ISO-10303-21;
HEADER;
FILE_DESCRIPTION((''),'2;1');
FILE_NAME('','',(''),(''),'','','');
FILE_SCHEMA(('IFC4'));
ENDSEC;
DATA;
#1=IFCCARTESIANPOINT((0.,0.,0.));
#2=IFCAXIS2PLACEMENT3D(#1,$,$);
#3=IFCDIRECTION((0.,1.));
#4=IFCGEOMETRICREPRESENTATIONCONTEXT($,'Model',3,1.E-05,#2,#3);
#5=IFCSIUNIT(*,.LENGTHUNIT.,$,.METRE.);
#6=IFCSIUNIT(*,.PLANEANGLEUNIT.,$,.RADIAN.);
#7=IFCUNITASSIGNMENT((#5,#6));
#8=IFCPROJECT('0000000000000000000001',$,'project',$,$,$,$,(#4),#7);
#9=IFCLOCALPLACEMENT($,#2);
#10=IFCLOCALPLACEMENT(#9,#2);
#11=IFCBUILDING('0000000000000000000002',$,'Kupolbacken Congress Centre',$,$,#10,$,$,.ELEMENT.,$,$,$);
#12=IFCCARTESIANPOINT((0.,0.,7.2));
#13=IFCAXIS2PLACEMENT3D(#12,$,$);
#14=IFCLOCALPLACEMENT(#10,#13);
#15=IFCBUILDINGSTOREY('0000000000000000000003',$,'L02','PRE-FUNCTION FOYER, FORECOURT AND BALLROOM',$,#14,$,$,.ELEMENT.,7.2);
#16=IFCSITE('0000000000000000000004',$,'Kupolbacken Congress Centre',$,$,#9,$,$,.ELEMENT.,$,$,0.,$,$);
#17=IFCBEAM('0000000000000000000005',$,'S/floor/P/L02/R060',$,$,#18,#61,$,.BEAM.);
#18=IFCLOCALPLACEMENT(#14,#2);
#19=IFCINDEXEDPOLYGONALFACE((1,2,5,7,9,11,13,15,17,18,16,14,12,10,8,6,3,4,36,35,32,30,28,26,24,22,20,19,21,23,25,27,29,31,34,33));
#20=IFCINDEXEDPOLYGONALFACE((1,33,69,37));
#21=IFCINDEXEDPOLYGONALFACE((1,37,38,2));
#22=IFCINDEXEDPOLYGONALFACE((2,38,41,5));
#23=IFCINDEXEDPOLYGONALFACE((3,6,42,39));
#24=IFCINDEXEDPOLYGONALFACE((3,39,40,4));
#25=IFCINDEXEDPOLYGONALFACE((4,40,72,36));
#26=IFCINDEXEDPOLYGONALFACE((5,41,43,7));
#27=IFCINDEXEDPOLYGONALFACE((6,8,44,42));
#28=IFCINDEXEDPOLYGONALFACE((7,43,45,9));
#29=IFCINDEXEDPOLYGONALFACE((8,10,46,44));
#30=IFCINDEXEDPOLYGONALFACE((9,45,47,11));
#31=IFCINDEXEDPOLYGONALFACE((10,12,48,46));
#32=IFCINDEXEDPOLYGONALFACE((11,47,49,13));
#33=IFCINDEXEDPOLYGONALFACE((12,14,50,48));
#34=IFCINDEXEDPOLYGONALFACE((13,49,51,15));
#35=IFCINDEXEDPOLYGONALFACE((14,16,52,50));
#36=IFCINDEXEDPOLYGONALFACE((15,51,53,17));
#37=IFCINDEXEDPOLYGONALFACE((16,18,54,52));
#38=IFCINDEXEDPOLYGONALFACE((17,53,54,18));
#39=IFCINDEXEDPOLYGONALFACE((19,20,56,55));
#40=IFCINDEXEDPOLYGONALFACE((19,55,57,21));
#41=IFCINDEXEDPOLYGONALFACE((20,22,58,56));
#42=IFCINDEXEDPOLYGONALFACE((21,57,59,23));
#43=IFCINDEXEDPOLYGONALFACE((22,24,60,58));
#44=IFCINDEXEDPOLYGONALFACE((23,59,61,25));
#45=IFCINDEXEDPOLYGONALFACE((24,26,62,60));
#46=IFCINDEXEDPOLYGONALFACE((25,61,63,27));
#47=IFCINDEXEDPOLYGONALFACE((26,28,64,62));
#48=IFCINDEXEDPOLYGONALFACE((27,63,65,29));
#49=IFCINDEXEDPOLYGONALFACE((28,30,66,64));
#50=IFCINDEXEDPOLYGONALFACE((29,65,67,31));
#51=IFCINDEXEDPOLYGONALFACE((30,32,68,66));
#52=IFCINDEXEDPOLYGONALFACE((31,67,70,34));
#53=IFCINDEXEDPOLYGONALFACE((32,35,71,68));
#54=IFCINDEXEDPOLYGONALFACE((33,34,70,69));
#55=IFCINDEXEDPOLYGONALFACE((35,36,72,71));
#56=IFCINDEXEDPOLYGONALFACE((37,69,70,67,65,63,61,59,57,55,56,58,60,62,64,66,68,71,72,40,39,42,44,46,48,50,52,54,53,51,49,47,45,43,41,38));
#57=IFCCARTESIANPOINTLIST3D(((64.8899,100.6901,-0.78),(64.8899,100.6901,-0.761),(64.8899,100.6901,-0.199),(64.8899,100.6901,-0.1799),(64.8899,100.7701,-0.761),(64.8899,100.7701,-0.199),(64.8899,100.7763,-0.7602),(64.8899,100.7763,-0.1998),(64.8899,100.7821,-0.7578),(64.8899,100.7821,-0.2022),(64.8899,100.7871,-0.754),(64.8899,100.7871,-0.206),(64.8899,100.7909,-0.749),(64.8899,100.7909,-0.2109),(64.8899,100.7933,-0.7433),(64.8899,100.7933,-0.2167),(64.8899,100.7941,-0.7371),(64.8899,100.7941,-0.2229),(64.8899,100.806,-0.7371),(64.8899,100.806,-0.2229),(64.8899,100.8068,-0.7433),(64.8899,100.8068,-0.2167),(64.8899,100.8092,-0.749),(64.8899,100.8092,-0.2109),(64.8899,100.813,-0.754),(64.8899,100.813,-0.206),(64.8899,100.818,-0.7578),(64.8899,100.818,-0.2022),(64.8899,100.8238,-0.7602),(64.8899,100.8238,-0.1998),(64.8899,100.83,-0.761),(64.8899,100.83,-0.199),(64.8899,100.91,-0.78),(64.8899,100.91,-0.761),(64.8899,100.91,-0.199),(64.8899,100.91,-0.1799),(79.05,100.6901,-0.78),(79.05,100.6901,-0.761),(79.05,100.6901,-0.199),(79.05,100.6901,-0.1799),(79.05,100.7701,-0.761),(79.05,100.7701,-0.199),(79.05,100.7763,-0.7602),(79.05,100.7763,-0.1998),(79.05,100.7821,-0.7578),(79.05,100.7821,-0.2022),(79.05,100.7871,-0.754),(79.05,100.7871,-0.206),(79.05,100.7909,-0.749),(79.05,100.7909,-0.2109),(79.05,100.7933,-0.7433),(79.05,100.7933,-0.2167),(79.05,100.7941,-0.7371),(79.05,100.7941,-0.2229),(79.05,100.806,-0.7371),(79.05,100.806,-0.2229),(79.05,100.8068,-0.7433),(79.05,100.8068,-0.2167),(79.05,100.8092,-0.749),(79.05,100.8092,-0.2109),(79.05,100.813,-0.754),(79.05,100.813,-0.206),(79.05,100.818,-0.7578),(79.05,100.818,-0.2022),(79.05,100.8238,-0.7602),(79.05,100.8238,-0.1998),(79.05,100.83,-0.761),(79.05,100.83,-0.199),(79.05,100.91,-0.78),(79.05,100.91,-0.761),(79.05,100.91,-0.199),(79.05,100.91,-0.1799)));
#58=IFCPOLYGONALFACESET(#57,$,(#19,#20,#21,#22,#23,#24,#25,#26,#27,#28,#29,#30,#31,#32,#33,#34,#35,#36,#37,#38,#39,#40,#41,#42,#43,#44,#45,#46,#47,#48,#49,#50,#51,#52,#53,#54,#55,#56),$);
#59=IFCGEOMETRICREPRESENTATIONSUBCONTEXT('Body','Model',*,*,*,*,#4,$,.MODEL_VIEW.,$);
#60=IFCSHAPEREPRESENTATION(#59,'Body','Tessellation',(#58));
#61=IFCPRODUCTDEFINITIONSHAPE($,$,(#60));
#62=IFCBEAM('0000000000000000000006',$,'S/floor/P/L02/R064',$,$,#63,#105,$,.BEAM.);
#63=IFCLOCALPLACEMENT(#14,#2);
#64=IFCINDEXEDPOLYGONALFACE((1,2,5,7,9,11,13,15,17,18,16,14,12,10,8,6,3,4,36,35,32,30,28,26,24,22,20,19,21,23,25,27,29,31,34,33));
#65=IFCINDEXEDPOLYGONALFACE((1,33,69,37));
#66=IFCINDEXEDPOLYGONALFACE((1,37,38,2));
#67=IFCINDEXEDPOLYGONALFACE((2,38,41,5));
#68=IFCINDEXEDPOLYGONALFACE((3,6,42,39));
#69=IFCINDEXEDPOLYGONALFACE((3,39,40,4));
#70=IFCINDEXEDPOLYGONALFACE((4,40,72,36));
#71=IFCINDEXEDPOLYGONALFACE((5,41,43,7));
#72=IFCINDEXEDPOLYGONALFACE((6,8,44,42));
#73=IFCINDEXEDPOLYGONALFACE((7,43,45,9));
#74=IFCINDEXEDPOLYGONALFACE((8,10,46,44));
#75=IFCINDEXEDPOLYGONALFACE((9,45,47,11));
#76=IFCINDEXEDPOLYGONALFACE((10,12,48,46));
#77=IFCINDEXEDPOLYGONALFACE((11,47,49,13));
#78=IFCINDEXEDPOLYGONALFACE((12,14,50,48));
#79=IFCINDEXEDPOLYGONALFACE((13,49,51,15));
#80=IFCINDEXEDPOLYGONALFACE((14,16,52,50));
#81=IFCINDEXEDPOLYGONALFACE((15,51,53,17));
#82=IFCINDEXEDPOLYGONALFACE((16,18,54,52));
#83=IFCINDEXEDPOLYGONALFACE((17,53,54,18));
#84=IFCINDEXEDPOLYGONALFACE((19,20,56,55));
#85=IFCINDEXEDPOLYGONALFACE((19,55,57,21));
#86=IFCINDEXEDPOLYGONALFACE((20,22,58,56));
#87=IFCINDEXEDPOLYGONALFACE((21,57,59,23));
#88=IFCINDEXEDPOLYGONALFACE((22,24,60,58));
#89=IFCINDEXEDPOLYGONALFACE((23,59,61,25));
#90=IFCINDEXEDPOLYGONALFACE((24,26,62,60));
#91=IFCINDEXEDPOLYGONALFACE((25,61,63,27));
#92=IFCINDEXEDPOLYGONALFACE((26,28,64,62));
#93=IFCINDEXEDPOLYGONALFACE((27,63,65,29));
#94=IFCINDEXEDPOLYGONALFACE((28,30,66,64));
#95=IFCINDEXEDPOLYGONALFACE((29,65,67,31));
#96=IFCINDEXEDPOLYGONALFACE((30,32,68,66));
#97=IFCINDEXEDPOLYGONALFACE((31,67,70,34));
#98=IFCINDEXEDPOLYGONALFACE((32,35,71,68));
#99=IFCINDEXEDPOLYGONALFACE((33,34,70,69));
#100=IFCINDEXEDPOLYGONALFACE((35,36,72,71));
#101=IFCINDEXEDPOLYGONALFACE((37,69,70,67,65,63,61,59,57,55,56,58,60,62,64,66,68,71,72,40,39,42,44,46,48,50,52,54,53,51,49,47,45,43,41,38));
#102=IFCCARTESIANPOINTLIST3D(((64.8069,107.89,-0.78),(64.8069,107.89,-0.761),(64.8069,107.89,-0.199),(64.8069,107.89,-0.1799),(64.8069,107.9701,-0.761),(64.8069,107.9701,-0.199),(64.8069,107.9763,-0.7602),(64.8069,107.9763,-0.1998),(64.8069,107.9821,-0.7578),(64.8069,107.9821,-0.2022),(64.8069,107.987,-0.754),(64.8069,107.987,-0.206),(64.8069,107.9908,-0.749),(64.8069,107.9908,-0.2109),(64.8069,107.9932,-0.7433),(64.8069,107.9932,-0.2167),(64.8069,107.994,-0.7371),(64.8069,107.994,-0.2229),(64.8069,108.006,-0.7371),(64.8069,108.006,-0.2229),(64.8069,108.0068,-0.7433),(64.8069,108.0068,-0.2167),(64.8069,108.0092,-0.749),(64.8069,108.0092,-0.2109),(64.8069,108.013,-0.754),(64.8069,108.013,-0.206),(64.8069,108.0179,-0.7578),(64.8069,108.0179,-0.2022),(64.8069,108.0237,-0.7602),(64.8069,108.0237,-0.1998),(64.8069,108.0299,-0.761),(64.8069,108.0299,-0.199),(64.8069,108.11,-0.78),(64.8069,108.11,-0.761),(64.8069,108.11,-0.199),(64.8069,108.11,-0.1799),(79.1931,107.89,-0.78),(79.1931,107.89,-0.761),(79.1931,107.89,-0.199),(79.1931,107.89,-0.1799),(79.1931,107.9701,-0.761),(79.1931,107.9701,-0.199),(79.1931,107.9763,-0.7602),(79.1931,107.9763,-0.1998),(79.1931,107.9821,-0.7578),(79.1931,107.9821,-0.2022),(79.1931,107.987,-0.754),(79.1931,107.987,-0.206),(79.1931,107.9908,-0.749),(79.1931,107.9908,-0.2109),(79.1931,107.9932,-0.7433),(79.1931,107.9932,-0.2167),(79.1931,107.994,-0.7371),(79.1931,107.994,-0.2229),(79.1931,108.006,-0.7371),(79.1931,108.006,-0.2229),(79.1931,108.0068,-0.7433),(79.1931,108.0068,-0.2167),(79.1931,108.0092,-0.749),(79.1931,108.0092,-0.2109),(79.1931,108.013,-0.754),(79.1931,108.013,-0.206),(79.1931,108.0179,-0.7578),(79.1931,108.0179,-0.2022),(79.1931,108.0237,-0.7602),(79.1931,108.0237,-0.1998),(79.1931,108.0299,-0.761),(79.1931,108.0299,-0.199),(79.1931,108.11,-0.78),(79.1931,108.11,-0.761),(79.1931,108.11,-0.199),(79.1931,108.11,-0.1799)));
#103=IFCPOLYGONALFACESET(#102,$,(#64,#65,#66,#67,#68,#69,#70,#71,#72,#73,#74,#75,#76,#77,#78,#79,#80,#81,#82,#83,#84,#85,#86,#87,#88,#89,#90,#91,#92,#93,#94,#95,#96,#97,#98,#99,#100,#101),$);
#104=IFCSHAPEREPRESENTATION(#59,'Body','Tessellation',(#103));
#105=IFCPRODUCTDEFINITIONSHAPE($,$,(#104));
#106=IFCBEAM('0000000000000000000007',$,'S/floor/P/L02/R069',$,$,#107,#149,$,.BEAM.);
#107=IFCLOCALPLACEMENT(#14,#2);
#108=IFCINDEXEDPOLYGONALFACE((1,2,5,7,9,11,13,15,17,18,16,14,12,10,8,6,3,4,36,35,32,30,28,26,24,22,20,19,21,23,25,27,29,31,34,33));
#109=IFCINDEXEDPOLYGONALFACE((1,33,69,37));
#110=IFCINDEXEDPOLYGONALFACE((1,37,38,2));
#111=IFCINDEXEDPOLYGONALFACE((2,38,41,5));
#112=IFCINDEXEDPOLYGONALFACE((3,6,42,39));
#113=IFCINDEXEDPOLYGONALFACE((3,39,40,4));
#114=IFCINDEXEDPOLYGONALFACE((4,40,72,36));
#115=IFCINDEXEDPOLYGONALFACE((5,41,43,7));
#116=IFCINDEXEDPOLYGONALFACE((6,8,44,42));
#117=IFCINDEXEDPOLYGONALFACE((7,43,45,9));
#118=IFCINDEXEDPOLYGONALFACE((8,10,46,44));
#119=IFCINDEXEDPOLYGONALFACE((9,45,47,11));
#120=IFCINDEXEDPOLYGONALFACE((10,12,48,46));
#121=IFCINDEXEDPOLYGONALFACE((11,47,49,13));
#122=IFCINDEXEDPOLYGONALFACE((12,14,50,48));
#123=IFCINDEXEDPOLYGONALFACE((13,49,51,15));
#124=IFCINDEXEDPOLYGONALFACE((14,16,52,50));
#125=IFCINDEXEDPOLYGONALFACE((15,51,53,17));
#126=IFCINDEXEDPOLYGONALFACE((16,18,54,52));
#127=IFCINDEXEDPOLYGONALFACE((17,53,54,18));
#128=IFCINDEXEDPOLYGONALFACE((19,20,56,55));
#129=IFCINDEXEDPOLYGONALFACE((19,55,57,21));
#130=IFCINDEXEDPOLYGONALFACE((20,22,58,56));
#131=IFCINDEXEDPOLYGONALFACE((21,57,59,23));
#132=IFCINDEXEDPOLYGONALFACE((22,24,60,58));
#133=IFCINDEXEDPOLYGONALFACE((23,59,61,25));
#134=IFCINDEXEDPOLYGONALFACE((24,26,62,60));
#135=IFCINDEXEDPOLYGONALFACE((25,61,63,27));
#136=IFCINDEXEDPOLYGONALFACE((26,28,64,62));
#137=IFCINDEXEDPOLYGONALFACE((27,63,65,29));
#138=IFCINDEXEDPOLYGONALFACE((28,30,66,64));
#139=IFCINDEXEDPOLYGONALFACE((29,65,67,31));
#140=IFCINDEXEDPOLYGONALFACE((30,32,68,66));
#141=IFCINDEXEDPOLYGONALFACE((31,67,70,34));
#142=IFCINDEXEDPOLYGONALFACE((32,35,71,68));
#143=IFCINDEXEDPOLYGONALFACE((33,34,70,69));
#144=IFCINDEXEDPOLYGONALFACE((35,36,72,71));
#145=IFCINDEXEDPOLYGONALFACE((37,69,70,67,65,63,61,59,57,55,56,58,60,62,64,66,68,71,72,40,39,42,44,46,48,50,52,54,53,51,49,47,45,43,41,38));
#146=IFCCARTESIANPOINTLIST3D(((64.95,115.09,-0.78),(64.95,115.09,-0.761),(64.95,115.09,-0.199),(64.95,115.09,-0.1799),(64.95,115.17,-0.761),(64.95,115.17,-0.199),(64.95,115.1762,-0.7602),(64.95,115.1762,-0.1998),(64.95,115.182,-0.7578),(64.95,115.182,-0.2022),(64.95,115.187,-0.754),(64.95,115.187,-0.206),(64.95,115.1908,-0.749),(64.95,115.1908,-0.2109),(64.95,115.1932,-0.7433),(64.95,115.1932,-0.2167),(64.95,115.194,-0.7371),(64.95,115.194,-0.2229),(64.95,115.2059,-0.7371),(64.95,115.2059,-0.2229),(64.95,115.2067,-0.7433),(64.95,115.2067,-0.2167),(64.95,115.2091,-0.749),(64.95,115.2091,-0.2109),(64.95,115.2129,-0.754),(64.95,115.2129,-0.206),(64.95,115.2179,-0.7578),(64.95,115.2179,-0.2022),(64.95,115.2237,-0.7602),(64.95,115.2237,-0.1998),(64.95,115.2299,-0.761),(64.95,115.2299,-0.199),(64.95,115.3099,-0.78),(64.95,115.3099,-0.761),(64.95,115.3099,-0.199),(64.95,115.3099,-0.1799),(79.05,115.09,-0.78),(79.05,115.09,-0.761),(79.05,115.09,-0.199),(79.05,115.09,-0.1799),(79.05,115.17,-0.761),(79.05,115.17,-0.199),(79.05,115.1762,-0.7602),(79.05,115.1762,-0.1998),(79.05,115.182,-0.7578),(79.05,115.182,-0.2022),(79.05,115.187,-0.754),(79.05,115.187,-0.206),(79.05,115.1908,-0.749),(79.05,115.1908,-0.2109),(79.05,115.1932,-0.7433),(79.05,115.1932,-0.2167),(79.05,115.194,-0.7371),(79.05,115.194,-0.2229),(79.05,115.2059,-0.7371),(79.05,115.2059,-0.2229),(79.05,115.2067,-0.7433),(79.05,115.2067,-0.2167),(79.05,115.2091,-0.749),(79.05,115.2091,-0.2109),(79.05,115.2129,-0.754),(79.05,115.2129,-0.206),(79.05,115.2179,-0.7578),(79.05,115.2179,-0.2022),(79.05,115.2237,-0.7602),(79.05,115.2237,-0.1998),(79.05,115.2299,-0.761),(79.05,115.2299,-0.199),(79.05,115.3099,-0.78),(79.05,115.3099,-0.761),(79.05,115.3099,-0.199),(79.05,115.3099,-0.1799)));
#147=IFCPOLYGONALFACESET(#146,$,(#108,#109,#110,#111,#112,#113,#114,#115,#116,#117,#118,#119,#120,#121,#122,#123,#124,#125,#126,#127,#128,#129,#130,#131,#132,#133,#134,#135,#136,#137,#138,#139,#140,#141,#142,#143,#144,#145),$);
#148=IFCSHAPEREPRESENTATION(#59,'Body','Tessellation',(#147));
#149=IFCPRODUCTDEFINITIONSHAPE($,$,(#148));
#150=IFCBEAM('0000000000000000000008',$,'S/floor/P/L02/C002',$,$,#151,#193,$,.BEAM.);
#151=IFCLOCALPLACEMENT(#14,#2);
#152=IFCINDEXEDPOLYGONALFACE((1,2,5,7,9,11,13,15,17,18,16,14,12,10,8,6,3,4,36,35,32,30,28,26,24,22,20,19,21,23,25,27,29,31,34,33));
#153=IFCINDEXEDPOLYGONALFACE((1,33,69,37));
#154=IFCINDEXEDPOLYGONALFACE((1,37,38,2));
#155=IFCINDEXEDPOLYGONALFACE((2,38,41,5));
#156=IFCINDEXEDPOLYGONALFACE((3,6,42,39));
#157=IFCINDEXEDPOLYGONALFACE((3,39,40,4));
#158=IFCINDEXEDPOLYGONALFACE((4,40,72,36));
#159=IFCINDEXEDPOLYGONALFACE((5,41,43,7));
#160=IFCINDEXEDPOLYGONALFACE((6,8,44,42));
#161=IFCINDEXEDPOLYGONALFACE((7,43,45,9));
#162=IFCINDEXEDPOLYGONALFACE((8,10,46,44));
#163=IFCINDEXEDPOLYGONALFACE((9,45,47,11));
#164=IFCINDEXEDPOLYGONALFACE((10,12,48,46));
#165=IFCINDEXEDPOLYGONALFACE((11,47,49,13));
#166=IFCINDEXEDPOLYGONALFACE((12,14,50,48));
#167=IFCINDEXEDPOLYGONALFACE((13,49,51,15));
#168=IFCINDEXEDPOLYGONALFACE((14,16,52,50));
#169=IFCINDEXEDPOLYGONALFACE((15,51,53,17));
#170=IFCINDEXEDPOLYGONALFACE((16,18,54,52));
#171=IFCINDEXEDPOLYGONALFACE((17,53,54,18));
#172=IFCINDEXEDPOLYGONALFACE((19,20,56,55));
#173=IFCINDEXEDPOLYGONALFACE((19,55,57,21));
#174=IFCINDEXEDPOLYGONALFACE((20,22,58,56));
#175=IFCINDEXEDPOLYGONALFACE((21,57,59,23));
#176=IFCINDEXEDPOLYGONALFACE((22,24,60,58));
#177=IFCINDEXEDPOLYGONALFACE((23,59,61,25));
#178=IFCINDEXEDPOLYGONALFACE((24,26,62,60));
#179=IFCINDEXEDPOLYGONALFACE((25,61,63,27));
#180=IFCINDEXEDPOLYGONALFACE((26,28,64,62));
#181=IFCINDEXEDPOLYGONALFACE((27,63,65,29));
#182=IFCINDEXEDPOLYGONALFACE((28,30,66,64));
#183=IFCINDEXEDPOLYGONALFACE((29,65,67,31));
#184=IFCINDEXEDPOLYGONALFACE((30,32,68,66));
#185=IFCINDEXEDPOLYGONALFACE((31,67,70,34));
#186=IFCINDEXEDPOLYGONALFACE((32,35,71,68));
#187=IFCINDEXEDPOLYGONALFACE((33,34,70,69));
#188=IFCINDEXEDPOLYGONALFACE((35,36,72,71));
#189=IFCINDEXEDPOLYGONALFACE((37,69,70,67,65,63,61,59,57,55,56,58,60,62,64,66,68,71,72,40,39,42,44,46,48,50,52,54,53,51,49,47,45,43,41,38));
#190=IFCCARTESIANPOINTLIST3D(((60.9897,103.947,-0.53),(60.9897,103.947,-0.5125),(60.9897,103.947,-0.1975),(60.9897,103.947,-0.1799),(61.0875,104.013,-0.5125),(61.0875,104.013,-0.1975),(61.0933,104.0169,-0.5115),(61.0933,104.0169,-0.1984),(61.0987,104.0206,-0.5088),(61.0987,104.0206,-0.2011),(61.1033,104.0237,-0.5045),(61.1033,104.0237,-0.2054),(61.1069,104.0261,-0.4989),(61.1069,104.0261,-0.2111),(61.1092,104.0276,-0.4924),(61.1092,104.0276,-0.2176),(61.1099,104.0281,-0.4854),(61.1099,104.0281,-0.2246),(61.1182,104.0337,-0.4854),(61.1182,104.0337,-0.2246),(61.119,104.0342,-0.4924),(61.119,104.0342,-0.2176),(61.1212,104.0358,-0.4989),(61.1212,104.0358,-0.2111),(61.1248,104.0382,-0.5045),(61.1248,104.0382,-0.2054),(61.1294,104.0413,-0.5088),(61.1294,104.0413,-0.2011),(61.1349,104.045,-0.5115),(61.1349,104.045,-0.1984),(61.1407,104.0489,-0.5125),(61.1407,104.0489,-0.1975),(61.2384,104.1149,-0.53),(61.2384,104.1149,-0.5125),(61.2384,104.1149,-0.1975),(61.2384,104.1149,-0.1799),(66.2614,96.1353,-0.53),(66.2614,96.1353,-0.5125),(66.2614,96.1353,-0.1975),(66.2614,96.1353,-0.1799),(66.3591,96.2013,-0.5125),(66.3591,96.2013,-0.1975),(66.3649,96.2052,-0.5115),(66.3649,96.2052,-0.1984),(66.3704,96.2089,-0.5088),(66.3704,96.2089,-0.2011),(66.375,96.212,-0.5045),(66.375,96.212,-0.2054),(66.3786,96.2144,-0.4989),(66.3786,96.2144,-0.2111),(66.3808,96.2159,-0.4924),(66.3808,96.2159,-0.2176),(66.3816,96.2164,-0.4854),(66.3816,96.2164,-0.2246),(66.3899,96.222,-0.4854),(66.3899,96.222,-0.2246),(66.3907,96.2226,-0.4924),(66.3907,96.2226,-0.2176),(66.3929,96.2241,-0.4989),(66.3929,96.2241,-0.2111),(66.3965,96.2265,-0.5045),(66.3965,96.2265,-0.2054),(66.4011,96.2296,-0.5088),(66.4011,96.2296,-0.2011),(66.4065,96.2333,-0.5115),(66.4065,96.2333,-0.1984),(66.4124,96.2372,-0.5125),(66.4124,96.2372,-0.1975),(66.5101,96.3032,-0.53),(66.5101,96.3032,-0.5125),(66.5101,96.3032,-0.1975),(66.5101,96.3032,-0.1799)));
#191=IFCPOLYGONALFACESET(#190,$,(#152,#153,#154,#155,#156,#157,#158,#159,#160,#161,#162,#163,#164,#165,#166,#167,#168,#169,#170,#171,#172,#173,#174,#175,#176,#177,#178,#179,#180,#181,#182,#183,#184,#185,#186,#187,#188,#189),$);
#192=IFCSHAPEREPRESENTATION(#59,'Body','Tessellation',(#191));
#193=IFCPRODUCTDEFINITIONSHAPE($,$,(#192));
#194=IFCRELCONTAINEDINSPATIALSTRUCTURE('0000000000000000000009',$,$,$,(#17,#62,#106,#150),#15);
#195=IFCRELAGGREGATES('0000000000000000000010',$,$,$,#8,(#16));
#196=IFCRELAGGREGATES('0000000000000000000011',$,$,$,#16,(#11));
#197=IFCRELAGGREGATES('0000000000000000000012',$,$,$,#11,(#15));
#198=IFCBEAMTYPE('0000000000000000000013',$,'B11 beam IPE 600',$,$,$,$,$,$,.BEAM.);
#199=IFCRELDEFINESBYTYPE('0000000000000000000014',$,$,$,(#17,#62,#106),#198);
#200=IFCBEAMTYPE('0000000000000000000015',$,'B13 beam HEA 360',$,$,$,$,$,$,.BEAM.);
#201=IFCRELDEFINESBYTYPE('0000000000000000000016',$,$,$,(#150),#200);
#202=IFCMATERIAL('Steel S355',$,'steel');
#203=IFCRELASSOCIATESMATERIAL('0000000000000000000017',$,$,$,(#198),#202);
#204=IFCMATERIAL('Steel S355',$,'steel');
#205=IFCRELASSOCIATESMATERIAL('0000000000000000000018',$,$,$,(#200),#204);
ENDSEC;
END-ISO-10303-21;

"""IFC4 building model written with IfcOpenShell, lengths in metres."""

from ifc_helpers import new_model, si_unit, direction, frame, origin, origin_2d, place, context, subcontext, project, spatial, i_section, extrude, material, material_profile, profile_set, type_object, element, save


model = new_model("IFC4")

# Units and contexts
model_context = context("Model", 3, precision=1e-05, world=origin(), true_north=direction((0.0, 1.0)))
body_context = subcontext(model_context, "Body", "Model", "MODEL_VIEW")
ifc_project = project(units=[si_unit("LENGTHUNIT", "METRE"), si_unit("PLANEANGLEUNIT", "RADIAN")], contexts=[model_context])

# Site, building, storey
site_placement = place(None, origin())
site = spatial("IfcSite", under=ifc_project, at=site_placement, Name="Kupolbacken Congress Centre", CompositionType="ELEMENT", RefElevation=0.0)
building_placement = place(site_placement, origin())
building = spatial("IfcBuilding", under=site, at=building_placement, Name="Kupolbacken Congress Centre", CompositionType="ELEMENT")
storey_placement = place(building_placement, frame((0.0, 0.0, 7.2)))
storey = spatial("IfcBuildingStorey", under=building, at=storey_placement, Name="L02", Description="PRE-FUNCTION FOYER, FORECOURT AND BALLROOM", CompositionType="ELEMENT", Elevation=7.2)

# Beams
ifc_material_1 = material(Name="Steel S355", Category="steel")
ifc_material_profile_1 = material_profile(ifc_material_1, i_section(OverallWidth=0.22, OverallDepth=0.6001, WebThickness=0.012, FlangeThickness=0.019, FilletRadius=0.0239, at=origin_2d()), Name="IPE 600")
ifc_profile_set_1 = profile_set([ifc_material_profile_1], Name="Steel S355")
beam_type_1 = type_object("IfcBeamType", Name="B11 beam IPE 600", PredefinedType="BEAM", material=ifc_profile_set_1)
beam_1_placement = place(storey_placement, frame((64.8899, 100.8, -0.48), z_axis=(1.0, 0.0, 0.0), x_axis=(0.0, 1.0, 0.0)))
element("IfcBeam", 1, at=beam_1_placement, inside=storey, type_object=beam_type_1, Name="S/floor/P/L02/R060", PredefinedType="BEAM", context=body_context, shape_type="SweptSolid", body=[
    extrude(i_section(OverallWidth=0.22, OverallDepth=0.6001, WebThickness=0.012, FlangeThickness=0.019, FilletRadius=0.0239, at=origin_2d()), origin(), (0.0, 0.0, 1.0), 14.1602),
])
beam_2_placement = place(storey_placement, frame((64.8069, 108.0, -0.48), z_axis=(1.0, 0.0, 0.0), x_axis=(0.0, 1.0, 0.0)))
element("IfcBeam", 2, at=beam_2_placement, inside=storey, type_object=beam_type_1, Name="S/floor/P/L02/R064", PredefinedType="BEAM", context=body_context, shape_type="SweptSolid", body=[
    extrude(i_section(OverallWidth=0.22, OverallDepth=0.6001, WebThickness=0.012, FlangeThickness=0.019, FilletRadius=0.0239, at=origin_2d()), origin(), (0.0, 0.0, 1.0), 14.3862),
])
beam_3_placement = place(storey_placement, frame((64.95, 115.2, -0.48), z_axis=(1.0, 0.0, 0.0), x_axis=(0.0, 1.0, 0.0)))
element("IfcBeam", 3, at=beam_3_placement, inside=storey, type_object=beam_type_1, Name="S/floor/P/L02/R069", PredefinedType="BEAM", context=body_context, shape_type="SweptSolid", body=[
    extrude(i_section(OverallWidth=0.22, OverallDepth=0.6001, WebThickness=0.012, FlangeThickness=0.019, FilletRadius=0.0239, at=origin_2d()), origin(), (0.0, 0.0, 1.0), 14.1001),
])
ifc_material_2 = material(Name="Steel S355", Category="steel")
ifc_material_profile_2 = material_profile(ifc_material_2, i_section(OverallWidth=0.3, OverallDepth=0.3501, WebThickness=0.01, FlangeThickness=0.0176, FilletRadius=0.0271, at=origin_2d()), Name="HEA 360")
ifc_profile_set_2 = profile_set([ifc_material_profile_2], Name="Steel S355")
beam_type_2 = type_object("IfcBeamType", Name="B13 beam HEA 360", PredefinedType="BEAM", material=ifc_profile_set_2)
beam_4_placement = place(storey_placement, frame((66.3857, 96.2192, -0.355), z_axis=(-0.559384, 0.828908, 0.0), x_axis=(-0.828908, -0.559384, 0.0)))
element("IfcBeam", 4, at=beam_4_placement, inside=storey, type_object=beam_type_2, Name="S/floor/P/L02/C002", PredefinedType="BEAM", context=body_context, shape_type="SweptSolid", body=[
    extrude(i_section(OverallWidth=0.3, OverallDepth=0.3501, WebThickness=0.01, FlangeThickness=0.0176, FilletRadius=0.0271, at=origin_2d()), origin(), (0.0, 0.0, 1.0), 9.4241),
])

save(model, "model.ifc")
